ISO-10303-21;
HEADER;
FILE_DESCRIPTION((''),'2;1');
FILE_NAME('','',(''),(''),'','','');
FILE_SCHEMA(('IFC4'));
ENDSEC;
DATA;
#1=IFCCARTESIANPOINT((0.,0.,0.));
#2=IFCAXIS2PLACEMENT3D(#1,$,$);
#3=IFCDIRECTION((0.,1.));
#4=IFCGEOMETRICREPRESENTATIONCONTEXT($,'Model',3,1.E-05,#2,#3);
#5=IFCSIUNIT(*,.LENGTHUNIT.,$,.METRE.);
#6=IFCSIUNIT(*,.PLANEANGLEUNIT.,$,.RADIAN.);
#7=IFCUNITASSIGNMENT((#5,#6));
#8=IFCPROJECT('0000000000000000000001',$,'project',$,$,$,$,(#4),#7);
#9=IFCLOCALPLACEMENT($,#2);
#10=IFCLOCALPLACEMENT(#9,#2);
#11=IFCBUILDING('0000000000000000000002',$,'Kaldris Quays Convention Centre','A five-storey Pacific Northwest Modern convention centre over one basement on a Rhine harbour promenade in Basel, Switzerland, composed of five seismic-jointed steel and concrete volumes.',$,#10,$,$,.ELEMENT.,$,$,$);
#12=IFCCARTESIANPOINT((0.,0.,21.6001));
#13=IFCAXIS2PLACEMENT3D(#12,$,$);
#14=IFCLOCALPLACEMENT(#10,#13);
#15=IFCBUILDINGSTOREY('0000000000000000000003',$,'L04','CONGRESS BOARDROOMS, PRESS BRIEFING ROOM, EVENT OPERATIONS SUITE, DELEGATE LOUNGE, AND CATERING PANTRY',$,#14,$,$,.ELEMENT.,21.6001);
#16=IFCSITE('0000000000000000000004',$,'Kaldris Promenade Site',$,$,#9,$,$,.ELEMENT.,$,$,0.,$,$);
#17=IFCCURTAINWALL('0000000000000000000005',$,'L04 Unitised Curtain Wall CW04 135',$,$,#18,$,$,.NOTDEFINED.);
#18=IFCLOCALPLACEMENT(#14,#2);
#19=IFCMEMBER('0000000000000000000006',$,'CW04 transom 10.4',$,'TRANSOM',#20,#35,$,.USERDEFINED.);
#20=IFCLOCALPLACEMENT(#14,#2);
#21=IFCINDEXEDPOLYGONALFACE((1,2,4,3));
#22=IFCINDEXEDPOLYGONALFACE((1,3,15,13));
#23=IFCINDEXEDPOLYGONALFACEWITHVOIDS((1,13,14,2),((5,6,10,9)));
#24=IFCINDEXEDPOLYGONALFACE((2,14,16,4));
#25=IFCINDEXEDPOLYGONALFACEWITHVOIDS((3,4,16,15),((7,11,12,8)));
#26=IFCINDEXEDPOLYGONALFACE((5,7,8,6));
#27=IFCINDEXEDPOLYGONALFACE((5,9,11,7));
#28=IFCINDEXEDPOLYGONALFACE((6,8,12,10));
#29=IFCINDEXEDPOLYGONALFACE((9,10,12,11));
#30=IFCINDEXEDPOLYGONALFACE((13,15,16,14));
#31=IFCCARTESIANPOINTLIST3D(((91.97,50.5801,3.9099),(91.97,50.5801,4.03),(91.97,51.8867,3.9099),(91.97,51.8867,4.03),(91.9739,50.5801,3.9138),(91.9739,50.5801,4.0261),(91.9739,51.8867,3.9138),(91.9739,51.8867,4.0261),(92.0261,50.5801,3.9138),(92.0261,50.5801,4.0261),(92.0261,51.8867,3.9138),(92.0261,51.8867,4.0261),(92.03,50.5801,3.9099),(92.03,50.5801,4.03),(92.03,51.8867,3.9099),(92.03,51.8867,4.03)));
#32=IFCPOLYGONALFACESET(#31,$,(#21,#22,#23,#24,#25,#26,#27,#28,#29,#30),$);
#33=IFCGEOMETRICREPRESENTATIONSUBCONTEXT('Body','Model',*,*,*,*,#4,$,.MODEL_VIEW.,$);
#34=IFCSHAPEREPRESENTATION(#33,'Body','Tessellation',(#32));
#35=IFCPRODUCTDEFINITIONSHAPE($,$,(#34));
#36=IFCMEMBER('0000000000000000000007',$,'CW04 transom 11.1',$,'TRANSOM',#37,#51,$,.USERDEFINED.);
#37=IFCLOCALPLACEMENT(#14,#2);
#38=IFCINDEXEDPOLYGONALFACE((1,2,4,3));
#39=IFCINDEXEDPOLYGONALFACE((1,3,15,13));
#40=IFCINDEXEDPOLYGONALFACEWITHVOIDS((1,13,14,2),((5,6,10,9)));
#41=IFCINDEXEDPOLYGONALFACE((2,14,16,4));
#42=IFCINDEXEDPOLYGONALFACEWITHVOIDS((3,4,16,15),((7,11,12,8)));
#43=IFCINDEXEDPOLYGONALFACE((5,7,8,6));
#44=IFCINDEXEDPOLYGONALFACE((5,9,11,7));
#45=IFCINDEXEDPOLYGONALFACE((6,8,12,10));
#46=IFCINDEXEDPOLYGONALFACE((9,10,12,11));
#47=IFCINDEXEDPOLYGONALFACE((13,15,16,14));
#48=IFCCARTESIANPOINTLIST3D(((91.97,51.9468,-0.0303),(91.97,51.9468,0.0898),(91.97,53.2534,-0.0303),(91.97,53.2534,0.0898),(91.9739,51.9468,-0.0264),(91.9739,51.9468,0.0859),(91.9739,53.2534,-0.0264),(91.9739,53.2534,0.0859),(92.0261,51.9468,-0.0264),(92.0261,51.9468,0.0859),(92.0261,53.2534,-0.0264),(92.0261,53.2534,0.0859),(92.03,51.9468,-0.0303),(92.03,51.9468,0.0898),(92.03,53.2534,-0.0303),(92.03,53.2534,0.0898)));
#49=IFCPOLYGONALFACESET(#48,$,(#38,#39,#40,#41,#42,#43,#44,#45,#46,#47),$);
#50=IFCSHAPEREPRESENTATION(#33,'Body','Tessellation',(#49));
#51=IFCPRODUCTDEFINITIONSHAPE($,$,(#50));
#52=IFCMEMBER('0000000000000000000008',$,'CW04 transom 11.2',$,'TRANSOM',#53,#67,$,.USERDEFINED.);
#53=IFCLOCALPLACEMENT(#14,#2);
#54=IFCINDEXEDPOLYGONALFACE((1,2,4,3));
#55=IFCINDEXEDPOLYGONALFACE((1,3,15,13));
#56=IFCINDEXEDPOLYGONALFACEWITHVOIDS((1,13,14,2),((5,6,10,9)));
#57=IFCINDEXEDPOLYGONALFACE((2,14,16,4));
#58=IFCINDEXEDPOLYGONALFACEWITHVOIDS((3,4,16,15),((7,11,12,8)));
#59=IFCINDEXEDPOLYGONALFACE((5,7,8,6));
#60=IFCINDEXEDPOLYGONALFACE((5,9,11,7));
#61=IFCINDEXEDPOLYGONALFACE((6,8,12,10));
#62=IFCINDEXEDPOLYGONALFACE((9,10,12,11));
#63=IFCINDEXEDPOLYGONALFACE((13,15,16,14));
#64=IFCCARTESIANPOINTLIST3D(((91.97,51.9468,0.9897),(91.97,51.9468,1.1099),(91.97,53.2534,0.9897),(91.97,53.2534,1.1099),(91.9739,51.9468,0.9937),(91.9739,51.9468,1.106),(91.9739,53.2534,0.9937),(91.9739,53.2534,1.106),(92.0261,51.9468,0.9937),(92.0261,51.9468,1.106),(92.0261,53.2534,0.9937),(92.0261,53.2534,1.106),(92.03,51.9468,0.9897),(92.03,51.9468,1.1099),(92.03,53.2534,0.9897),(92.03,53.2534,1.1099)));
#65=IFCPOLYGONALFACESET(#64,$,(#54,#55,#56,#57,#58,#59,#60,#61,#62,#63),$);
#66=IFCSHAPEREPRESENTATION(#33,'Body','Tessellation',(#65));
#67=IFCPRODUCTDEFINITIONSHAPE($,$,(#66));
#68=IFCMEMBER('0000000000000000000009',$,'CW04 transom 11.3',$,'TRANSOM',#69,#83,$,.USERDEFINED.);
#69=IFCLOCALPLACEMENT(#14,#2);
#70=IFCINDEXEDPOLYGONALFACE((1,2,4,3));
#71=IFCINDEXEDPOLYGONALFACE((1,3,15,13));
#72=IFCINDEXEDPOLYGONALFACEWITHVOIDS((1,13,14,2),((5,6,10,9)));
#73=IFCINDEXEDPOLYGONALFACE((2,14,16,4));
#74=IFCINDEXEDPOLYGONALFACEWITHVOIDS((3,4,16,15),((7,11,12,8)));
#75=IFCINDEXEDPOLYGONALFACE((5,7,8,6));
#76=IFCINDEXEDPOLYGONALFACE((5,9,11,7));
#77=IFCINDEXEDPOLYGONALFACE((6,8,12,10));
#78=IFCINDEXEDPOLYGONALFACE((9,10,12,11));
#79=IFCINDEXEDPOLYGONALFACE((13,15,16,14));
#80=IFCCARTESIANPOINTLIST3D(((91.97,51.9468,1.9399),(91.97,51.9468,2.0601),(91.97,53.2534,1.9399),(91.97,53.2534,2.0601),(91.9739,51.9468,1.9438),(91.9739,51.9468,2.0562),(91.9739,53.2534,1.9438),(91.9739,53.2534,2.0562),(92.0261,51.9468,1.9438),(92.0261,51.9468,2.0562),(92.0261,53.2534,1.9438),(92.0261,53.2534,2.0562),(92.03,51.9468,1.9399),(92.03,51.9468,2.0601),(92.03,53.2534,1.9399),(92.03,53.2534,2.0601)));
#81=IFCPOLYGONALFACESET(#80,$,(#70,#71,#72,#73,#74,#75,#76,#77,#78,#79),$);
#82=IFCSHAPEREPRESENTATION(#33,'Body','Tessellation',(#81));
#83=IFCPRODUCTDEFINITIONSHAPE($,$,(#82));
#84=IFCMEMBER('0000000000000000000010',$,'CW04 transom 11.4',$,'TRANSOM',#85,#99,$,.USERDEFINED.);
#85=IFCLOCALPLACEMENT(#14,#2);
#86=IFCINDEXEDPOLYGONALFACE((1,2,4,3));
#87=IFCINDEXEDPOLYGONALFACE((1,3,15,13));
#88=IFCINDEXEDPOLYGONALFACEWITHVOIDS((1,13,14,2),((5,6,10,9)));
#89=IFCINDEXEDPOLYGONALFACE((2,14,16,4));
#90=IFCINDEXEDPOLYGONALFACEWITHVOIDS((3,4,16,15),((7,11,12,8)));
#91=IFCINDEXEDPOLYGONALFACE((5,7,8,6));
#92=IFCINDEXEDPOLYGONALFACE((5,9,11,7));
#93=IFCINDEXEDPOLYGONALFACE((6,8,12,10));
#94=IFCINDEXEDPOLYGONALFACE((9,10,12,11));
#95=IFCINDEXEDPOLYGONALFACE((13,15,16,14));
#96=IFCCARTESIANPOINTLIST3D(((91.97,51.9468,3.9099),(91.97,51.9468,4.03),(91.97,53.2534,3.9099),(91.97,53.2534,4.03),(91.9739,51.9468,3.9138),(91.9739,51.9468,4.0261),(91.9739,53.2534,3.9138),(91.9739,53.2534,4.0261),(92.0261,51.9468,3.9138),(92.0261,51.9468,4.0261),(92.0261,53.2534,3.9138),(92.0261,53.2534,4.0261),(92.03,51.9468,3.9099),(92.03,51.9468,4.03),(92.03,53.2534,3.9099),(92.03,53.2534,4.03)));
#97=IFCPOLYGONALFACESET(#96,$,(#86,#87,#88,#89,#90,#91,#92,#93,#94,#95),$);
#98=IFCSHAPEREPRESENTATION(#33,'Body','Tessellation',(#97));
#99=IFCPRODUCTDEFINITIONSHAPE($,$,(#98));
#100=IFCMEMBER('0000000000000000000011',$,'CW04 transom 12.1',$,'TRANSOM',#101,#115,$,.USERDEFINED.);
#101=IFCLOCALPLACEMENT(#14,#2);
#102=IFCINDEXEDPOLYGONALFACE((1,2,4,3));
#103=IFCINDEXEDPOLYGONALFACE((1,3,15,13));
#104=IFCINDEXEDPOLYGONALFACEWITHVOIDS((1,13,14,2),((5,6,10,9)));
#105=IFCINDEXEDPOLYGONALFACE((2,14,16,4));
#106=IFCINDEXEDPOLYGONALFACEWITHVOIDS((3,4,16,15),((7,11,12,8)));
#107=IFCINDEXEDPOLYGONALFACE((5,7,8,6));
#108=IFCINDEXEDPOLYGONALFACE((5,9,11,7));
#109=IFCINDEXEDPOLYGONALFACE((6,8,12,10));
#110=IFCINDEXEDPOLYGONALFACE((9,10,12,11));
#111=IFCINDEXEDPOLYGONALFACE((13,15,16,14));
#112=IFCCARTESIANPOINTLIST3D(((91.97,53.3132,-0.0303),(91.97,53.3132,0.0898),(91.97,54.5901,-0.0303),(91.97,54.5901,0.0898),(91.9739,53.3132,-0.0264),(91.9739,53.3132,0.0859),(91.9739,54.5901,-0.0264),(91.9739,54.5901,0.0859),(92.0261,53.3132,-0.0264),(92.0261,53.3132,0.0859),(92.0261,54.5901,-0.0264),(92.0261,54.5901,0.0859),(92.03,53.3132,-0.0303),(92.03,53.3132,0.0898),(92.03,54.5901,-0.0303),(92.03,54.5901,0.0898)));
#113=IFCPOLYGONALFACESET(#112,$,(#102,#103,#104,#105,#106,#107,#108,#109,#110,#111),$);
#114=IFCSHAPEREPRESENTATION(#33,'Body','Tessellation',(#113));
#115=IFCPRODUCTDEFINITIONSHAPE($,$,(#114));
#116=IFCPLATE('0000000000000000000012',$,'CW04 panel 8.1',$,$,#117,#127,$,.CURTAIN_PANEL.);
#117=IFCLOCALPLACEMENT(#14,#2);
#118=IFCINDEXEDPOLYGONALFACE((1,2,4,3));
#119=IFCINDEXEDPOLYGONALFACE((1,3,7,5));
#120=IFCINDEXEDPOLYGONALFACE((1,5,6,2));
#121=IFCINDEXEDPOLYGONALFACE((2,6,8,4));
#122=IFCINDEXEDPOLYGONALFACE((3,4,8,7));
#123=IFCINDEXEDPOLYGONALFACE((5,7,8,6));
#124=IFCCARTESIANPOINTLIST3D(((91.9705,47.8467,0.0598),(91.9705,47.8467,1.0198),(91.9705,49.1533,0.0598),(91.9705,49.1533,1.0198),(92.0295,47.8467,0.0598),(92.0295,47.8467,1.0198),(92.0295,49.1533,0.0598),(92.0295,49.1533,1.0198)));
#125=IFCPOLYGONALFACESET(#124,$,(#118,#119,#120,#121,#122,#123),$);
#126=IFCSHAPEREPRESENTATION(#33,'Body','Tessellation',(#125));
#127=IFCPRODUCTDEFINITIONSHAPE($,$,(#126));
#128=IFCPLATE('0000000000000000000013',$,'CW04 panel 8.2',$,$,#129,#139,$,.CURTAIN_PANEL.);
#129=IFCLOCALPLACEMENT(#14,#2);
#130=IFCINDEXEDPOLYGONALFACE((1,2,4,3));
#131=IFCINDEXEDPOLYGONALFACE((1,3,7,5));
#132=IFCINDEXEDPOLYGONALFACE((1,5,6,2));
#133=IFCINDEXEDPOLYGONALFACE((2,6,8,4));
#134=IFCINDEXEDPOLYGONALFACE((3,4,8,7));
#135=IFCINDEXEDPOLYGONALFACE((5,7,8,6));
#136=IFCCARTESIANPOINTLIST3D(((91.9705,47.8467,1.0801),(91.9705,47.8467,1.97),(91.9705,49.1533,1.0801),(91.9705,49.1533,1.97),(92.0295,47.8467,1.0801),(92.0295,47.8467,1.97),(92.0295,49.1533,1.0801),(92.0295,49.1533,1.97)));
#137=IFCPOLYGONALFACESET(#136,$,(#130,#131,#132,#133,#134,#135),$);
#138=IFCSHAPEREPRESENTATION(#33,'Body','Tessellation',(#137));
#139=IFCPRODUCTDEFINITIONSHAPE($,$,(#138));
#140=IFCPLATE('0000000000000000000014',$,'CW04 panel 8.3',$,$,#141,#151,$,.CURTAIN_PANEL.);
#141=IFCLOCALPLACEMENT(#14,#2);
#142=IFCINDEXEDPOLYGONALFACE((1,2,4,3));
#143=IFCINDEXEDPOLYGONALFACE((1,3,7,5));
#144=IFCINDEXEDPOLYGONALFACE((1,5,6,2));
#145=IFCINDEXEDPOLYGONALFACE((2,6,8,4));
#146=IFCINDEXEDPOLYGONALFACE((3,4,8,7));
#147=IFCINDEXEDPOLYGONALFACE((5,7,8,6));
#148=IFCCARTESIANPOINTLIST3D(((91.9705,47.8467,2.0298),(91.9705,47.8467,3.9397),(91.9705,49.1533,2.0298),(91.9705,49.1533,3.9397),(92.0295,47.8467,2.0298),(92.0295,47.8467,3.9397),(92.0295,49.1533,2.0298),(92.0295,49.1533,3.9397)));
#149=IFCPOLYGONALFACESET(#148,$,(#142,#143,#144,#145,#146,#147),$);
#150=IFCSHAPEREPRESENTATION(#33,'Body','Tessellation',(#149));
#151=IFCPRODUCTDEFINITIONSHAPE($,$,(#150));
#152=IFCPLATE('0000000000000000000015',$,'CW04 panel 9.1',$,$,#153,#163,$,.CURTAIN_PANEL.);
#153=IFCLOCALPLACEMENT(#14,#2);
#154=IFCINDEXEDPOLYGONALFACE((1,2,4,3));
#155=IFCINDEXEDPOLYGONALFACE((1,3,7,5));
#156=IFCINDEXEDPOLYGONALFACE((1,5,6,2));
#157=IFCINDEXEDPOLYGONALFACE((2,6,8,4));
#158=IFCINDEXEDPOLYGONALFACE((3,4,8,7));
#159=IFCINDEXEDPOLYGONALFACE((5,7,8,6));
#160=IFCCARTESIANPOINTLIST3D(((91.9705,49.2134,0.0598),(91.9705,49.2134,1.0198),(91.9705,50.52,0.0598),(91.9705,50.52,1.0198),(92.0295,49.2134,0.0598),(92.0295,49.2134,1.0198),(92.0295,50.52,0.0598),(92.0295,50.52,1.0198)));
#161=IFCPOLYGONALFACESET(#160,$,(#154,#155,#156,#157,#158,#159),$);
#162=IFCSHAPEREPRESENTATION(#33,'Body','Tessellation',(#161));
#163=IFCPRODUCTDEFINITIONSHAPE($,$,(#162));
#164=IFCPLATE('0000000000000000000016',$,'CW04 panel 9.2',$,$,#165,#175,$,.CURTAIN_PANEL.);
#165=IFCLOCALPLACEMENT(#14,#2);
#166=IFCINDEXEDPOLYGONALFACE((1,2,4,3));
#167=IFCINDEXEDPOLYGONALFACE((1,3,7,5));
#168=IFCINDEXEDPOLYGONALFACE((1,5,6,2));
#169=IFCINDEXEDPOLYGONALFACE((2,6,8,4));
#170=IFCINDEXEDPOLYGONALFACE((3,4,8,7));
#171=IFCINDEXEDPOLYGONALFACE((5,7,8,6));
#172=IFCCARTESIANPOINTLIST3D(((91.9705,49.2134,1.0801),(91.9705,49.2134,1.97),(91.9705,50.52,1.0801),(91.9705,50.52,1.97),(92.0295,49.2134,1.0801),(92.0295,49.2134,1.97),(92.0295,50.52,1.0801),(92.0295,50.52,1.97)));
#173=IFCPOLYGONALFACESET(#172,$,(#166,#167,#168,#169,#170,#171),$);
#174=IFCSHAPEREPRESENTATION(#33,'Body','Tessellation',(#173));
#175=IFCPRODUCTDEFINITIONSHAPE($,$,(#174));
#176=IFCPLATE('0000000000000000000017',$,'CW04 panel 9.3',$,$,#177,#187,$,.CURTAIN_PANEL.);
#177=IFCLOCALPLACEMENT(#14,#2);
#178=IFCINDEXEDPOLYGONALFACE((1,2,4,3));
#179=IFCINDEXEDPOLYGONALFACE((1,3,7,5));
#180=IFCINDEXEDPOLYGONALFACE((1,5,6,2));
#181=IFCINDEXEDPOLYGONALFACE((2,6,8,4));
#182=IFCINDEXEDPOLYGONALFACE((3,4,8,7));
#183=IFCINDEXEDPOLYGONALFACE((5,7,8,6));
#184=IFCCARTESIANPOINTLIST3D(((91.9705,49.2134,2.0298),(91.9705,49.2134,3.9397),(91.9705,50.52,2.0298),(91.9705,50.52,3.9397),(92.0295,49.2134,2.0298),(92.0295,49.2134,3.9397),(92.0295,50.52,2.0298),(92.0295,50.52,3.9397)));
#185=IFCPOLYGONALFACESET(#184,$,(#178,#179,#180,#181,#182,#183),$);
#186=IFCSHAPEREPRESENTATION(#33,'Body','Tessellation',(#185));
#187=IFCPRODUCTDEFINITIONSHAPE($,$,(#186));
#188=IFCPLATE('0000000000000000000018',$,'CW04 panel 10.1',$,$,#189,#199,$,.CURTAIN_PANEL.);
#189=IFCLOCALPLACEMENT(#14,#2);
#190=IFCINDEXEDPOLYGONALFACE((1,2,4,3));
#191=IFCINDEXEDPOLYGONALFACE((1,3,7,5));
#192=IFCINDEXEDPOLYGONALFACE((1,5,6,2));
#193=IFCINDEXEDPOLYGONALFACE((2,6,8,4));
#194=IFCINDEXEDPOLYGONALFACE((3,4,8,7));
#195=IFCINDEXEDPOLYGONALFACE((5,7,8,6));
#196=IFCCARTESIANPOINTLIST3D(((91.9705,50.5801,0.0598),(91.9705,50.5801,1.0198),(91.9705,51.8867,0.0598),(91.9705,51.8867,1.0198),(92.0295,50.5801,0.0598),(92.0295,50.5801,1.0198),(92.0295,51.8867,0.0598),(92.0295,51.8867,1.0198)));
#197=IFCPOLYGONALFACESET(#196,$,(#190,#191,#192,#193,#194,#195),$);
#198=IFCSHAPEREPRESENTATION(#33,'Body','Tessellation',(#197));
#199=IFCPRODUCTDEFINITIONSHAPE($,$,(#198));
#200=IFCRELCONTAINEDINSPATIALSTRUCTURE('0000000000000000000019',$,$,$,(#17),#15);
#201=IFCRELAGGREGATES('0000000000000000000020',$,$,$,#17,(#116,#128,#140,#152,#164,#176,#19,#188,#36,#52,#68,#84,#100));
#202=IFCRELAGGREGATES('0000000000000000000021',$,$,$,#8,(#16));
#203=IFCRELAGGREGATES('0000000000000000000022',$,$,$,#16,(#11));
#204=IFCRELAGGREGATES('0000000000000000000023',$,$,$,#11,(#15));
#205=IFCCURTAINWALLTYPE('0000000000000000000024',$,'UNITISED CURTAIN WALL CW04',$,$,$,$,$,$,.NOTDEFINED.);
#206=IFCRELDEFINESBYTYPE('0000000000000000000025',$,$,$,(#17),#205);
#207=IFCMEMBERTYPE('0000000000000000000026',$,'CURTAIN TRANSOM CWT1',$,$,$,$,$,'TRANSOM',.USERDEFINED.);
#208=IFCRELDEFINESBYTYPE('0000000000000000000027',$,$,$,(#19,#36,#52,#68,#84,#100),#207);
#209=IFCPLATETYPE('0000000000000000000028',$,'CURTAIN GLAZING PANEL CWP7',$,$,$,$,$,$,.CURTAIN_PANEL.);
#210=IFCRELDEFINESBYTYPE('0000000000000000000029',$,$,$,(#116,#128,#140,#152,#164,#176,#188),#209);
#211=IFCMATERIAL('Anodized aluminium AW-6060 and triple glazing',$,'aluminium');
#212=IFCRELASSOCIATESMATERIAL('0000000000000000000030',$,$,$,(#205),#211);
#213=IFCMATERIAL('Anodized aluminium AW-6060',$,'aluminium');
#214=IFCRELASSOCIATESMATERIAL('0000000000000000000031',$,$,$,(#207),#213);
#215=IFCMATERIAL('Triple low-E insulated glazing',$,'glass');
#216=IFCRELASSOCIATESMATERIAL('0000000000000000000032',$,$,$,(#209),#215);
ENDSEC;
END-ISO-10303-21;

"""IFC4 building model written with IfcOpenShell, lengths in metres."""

from ifc_helpers import new_model, si_unit, direction, frame, origin, origin_2d, place, context, subcontext, project, spatial, rectangle, hollow_rectangle, extrude, material, material_profile, profile_set, type_object, element, aggregate, save


model = new_model("IFC4")

# Units and contexts
model_context = context("Model", 3, precision=1e-05, world=origin(), true_north=direction((0.0, 1.0)))
body_context = subcontext(model_context, "Body", "Model", "MODEL_VIEW")
ifc_project = project(units=[si_unit("LENGTHUNIT", "METRE"), si_unit("PLANEANGLEUNIT", "RADIAN")], contexts=[model_context])

# Site, building, storey
site_placement = place(None, origin())
site = spatial("IfcSite", under=ifc_project, at=site_placement, Name="Kaldris Promenade Site", CompositionType="ELEMENT", RefElevation=0.0)
building_placement = place(site_placement, origin())
building = spatial("IfcBuilding", under=site, at=building_placement, Name="Kaldris Quays Convention Centre", Description="A five-storey Pacific Northwest Modern convention centre over one basement on a Rhine harbour promenade in Basel, Switzerland, composed of five seismic-jointed steel and concrete volumes.", CompositionType="ELEMENT")
storey_placement = place(building_placement, frame((0.0, 0.0, 21.6001)))
storey = spatial("IfcBuildingStorey", under=building, at=storey_placement, Name="L04", Description="CONGRESS BOARDROOMS, PRESS BRIEFING ROOM, EVENT OPERATIONS SUITE, DELEGATE LOUNGE, AND CATERING PANTRY", CompositionType="ELEMENT", Elevation=21.6001)

# Curtain wall, members, plates
ifc_material_1 = material(Name="Anodized aluminium AW-6060 and triple glazing", Category="aluminium")
curtain_wall_type = type_object("IfcCurtainWallType", Name="UNITISED CURTAIN WALL CW04", PredefinedType="NOTDEFINED", material=ifc_material_1)
curtain_wall_placement = place(storey_placement, origin())
curtain_wall = element("IfcCurtainWall", 1, at=curtain_wall_placement, inside=storey, type_object=curtain_wall_type, Name="L04 Unitised Curtain Wall CW04 135", PredefinedType="NOTDEFINED")
ifc_material_2 = material(Name="Anodized aluminium AW-6060", Category="aluminium")
ifc_material_profile = material_profile(ifc_material_2, hollow_rectangle(XDim=0.0601, YDim=0.1201, WallThickness=0.0039, at=origin_2d()), Name="RHS 120x60x4")
ifc_profile_set = profile_set([ifc_material_profile], Name="Anodized aluminium AW-6060")
member_type = type_object("IfcMemberType", Name="CURTAIN TRANSOM CWT1", ElementType="TRANSOM", PredefinedType="USERDEFINED", material=ifc_profile_set)
member_1_placement = place(storey_placement, frame((92.0, 50.5801, 3.97), z_axis=(0.0, 1.0, 0.0), x_axis=(-1.0, 0.0, 0.0)))
member_1 = element("IfcMember", 2, at=member_1_placement, type_object=member_type, Name="CW04 transom 10.4", ObjectType="TRANSOM", PredefinedType="USERDEFINED", context=body_context, shape_type="SweptSolid", body=[
    extrude(hollow_rectangle(XDim=0.0601, YDim=0.1201, WallThickness=0.0039, at=origin_2d()), origin(), (0.0, 0.0, 1.0), 1.3066),
])
member_2_placement = place(storey_placement, frame((92.0, 51.9468, 0.0298), z_axis=(0.0, 1.0, 0.0), x_axis=(-1.0, 0.0, 0.0)))
member_2 = element("IfcMember", 3, at=member_2_placement, type_object=member_type, Name="CW04 transom 11.1", ObjectType="TRANSOM", PredefinedType="USERDEFINED", context=body_context, shape_type="SweptSolid", body=[
    extrude(hollow_rectangle(XDim=0.0601, YDim=0.1201, WallThickness=0.0039, at=origin_2d()), origin(), (0.0, 0.0, 1.0), 1.3066),
])
member_3_placement = place(storey_placement, frame((92.0, 51.9468, 1.0498), z_axis=(0.0, 1.0, 0.0), x_axis=(-1.0, 0.0, 0.0)))
member_3 = element("IfcMember", 4, at=member_3_placement, type_object=member_type, Name="CW04 transom 11.2", ObjectType="TRANSOM", PredefinedType="USERDEFINED", context=body_context, shape_type="SweptSolid", body=[
    extrude(hollow_rectangle(XDim=0.0601, YDim=0.1201, WallThickness=0.0039, at=origin_2d()), origin(), (0.0, 0.0, 1.0), 1.3066),
])
member_4_placement = place(storey_placement, frame((92.0, 51.9468, 2.0), z_axis=(0.0, 1.0, 0.0), x_axis=(-1.0, 0.0, 0.0)))
member_4 = element("IfcMember", 5, at=member_4_placement, type_object=member_type, Name="CW04 transom 11.3", ObjectType="TRANSOM", PredefinedType="USERDEFINED", context=body_context, shape_type="SweptSolid", body=[
    extrude(hollow_rectangle(XDim=0.0601, YDim=0.1201, WallThickness=0.0039, at=origin_2d()), origin(), (0.0, 0.0, 1.0), 1.3066),
])
member_5_placement = place(storey_placement, frame((92.0, 51.9468, 3.97), z_axis=(0.0, 1.0, 0.0), x_axis=(-1.0, 0.0, 0.0)))
member_5 = element("IfcMember", 6, at=member_5_placement, type_object=member_type, Name="CW04 transom 11.4", ObjectType="TRANSOM", PredefinedType="USERDEFINED", context=body_context, shape_type="SweptSolid", body=[
    extrude(hollow_rectangle(XDim=0.0601, YDim=0.1201, WallThickness=0.0039, at=origin_2d()), origin(), (0.0, 0.0, 1.0), 1.3066),
])
member_6_placement = place(storey_placement, frame((92.0, 53.3132, 0.0298), z_axis=(0.0, 1.0, 0.0), x_axis=(-1.0, 0.0, 0.0)))
member_6 = element("IfcMember", 7, at=member_6_placement, type_object=member_type, Name="CW04 transom 12.1", ObjectType="TRANSOM", PredefinedType="USERDEFINED", context=body_context, shape_type="SweptSolid", body=[
    extrude(hollow_rectangle(XDim=0.0601, YDim=0.1201, WallThickness=0.0039, at=origin_2d()), origin(), (0.0, 0.0, 1.0), 1.2769),
])
ifc_material_3 = material(Name="Triple low-E insulated glazing", Category="glass")
plate_type = type_object("IfcPlateType", Name="CURTAIN GLAZING PANEL CWP7", PredefinedType="CURTAIN_PANEL", material=ifc_material_3)
plate_1_placement = place(storey_placement, frame((92.0, 48.5, 0.0598), z_axis=(0.0, 0.0, 1.0), x_axis=(0.0, 1.0, 0.0)))
plate_1 = element("IfcPlate", 8, at=plate_1_placement, type_object=plate_type, Name="CW04 panel 8.1", PredefinedType="CURTAIN_PANEL", context=body_context, shape_type="SweptSolid", body=[
    extrude(rectangle(XDim=1.3066, YDim=0.0591, at=origin_2d()), origin(), (0.0, 0.0, 1.0), 0.96),
])
plate_2_placement = place(storey_placement, frame((92.0, 48.5, 1.0801), z_axis=(0.0, 0.0, 1.0), x_axis=(0.0, 1.0, 0.0)))
plate_2 = element("IfcPlate", 9, at=plate_2_placement, type_object=plate_type, Name="CW04 panel 8.2", PredefinedType="CURTAIN_PANEL", context=body_context, shape_type="SweptSolid", body=[
    extrude(rectangle(XDim=1.3066, YDim=0.0591, at=origin_2d()), origin(), (0.0, 0.0, 1.0), 0.8899),
])
plate_3_placement = place(storey_placement, frame((92.0, 48.5, 2.0298), z_axis=(0.0, 0.0, 1.0), x_axis=(0.0, 1.0, 0.0)))
plate_3 = element("IfcPlate", 10, at=plate_3_placement, type_object=plate_type, Name="CW04 panel 8.3", PredefinedType="CURTAIN_PANEL", context=body_context, shape_type="SweptSolid", body=[
    extrude(rectangle(XDim=1.3066, YDim=0.0591, at=origin_2d()), origin(), (0.0, 0.0, 1.0), 1.9099),
])
plate_4_placement = place(storey_placement, frame((92.0, 49.8667, 0.0598), z_axis=(0.0, 0.0, 1.0), x_axis=(0.0, 1.0, 0.0)))
plate_4 = element("IfcPlate", 11, at=plate_4_placement, type_object=plate_type, Name="CW04 panel 9.1", PredefinedType="CURTAIN_PANEL", context=body_context, shape_type="SweptSolid", body=[
    extrude(rectangle(XDim=1.3066, YDim=0.0591, at=origin_2d()), origin(), (0.0, 0.0, 1.0), 0.96),
])
plate_5_placement = place(storey_placement, frame((92.0, 49.8667, 1.0801), z_axis=(0.0, 0.0, 1.0), x_axis=(0.0, 1.0, 0.0)))
plate_5 = element("IfcPlate", 12, at=plate_5_placement, type_object=plate_type, Name="CW04 panel 9.2", PredefinedType="CURTAIN_PANEL", context=body_context, shape_type="SweptSolid", body=[
    extrude(rectangle(XDim=1.3066, YDim=0.0591, at=origin_2d()), origin(), (0.0, 0.0, 1.0), 0.8899),
])
plate_6_placement = place(storey_placement, frame((92.0, 49.8667, 2.0298), z_axis=(0.0, 0.0, 1.0), x_axis=(0.0, 1.0, 0.0)))
plate_6 = element("IfcPlate", 13, at=plate_6_placement, type_object=plate_type, Name="CW04 panel 9.3", PredefinedType="CURTAIN_PANEL", context=body_context, shape_type="SweptSolid", body=[
    extrude(rectangle(XDim=1.3066, YDim=0.0591, at=origin_2d()), origin(), (0.0, 0.0, 1.0), 1.9099),
])
plate_7_placement = place(storey_placement, frame((92.0, 51.2334, 0.0598), z_axis=(0.0, 0.0, 1.0), x_axis=(0.0, 1.0, 0.0)))
plate_7 = element("IfcPlate", 14, at=plate_7_placement, type_object=plate_type, Name="CW04 panel 10.1", PredefinedType="CURTAIN_PANEL", context=body_context, shape_type="SweptSolid", body=[
    extrude(rectangle(XDim=1.3066, YDim=0.0591, at=origin_2d()), origin(), (0.0, 0.0, 1.0), 0.96),
])
aggregate(curtain_wall, [plate_1, plate_2, plate_3, plate_4, plate_5, plate_6, member_1, plate_7, member_2, member_3, member_4, member_5, member_6])

save(model, "model.ifc")
